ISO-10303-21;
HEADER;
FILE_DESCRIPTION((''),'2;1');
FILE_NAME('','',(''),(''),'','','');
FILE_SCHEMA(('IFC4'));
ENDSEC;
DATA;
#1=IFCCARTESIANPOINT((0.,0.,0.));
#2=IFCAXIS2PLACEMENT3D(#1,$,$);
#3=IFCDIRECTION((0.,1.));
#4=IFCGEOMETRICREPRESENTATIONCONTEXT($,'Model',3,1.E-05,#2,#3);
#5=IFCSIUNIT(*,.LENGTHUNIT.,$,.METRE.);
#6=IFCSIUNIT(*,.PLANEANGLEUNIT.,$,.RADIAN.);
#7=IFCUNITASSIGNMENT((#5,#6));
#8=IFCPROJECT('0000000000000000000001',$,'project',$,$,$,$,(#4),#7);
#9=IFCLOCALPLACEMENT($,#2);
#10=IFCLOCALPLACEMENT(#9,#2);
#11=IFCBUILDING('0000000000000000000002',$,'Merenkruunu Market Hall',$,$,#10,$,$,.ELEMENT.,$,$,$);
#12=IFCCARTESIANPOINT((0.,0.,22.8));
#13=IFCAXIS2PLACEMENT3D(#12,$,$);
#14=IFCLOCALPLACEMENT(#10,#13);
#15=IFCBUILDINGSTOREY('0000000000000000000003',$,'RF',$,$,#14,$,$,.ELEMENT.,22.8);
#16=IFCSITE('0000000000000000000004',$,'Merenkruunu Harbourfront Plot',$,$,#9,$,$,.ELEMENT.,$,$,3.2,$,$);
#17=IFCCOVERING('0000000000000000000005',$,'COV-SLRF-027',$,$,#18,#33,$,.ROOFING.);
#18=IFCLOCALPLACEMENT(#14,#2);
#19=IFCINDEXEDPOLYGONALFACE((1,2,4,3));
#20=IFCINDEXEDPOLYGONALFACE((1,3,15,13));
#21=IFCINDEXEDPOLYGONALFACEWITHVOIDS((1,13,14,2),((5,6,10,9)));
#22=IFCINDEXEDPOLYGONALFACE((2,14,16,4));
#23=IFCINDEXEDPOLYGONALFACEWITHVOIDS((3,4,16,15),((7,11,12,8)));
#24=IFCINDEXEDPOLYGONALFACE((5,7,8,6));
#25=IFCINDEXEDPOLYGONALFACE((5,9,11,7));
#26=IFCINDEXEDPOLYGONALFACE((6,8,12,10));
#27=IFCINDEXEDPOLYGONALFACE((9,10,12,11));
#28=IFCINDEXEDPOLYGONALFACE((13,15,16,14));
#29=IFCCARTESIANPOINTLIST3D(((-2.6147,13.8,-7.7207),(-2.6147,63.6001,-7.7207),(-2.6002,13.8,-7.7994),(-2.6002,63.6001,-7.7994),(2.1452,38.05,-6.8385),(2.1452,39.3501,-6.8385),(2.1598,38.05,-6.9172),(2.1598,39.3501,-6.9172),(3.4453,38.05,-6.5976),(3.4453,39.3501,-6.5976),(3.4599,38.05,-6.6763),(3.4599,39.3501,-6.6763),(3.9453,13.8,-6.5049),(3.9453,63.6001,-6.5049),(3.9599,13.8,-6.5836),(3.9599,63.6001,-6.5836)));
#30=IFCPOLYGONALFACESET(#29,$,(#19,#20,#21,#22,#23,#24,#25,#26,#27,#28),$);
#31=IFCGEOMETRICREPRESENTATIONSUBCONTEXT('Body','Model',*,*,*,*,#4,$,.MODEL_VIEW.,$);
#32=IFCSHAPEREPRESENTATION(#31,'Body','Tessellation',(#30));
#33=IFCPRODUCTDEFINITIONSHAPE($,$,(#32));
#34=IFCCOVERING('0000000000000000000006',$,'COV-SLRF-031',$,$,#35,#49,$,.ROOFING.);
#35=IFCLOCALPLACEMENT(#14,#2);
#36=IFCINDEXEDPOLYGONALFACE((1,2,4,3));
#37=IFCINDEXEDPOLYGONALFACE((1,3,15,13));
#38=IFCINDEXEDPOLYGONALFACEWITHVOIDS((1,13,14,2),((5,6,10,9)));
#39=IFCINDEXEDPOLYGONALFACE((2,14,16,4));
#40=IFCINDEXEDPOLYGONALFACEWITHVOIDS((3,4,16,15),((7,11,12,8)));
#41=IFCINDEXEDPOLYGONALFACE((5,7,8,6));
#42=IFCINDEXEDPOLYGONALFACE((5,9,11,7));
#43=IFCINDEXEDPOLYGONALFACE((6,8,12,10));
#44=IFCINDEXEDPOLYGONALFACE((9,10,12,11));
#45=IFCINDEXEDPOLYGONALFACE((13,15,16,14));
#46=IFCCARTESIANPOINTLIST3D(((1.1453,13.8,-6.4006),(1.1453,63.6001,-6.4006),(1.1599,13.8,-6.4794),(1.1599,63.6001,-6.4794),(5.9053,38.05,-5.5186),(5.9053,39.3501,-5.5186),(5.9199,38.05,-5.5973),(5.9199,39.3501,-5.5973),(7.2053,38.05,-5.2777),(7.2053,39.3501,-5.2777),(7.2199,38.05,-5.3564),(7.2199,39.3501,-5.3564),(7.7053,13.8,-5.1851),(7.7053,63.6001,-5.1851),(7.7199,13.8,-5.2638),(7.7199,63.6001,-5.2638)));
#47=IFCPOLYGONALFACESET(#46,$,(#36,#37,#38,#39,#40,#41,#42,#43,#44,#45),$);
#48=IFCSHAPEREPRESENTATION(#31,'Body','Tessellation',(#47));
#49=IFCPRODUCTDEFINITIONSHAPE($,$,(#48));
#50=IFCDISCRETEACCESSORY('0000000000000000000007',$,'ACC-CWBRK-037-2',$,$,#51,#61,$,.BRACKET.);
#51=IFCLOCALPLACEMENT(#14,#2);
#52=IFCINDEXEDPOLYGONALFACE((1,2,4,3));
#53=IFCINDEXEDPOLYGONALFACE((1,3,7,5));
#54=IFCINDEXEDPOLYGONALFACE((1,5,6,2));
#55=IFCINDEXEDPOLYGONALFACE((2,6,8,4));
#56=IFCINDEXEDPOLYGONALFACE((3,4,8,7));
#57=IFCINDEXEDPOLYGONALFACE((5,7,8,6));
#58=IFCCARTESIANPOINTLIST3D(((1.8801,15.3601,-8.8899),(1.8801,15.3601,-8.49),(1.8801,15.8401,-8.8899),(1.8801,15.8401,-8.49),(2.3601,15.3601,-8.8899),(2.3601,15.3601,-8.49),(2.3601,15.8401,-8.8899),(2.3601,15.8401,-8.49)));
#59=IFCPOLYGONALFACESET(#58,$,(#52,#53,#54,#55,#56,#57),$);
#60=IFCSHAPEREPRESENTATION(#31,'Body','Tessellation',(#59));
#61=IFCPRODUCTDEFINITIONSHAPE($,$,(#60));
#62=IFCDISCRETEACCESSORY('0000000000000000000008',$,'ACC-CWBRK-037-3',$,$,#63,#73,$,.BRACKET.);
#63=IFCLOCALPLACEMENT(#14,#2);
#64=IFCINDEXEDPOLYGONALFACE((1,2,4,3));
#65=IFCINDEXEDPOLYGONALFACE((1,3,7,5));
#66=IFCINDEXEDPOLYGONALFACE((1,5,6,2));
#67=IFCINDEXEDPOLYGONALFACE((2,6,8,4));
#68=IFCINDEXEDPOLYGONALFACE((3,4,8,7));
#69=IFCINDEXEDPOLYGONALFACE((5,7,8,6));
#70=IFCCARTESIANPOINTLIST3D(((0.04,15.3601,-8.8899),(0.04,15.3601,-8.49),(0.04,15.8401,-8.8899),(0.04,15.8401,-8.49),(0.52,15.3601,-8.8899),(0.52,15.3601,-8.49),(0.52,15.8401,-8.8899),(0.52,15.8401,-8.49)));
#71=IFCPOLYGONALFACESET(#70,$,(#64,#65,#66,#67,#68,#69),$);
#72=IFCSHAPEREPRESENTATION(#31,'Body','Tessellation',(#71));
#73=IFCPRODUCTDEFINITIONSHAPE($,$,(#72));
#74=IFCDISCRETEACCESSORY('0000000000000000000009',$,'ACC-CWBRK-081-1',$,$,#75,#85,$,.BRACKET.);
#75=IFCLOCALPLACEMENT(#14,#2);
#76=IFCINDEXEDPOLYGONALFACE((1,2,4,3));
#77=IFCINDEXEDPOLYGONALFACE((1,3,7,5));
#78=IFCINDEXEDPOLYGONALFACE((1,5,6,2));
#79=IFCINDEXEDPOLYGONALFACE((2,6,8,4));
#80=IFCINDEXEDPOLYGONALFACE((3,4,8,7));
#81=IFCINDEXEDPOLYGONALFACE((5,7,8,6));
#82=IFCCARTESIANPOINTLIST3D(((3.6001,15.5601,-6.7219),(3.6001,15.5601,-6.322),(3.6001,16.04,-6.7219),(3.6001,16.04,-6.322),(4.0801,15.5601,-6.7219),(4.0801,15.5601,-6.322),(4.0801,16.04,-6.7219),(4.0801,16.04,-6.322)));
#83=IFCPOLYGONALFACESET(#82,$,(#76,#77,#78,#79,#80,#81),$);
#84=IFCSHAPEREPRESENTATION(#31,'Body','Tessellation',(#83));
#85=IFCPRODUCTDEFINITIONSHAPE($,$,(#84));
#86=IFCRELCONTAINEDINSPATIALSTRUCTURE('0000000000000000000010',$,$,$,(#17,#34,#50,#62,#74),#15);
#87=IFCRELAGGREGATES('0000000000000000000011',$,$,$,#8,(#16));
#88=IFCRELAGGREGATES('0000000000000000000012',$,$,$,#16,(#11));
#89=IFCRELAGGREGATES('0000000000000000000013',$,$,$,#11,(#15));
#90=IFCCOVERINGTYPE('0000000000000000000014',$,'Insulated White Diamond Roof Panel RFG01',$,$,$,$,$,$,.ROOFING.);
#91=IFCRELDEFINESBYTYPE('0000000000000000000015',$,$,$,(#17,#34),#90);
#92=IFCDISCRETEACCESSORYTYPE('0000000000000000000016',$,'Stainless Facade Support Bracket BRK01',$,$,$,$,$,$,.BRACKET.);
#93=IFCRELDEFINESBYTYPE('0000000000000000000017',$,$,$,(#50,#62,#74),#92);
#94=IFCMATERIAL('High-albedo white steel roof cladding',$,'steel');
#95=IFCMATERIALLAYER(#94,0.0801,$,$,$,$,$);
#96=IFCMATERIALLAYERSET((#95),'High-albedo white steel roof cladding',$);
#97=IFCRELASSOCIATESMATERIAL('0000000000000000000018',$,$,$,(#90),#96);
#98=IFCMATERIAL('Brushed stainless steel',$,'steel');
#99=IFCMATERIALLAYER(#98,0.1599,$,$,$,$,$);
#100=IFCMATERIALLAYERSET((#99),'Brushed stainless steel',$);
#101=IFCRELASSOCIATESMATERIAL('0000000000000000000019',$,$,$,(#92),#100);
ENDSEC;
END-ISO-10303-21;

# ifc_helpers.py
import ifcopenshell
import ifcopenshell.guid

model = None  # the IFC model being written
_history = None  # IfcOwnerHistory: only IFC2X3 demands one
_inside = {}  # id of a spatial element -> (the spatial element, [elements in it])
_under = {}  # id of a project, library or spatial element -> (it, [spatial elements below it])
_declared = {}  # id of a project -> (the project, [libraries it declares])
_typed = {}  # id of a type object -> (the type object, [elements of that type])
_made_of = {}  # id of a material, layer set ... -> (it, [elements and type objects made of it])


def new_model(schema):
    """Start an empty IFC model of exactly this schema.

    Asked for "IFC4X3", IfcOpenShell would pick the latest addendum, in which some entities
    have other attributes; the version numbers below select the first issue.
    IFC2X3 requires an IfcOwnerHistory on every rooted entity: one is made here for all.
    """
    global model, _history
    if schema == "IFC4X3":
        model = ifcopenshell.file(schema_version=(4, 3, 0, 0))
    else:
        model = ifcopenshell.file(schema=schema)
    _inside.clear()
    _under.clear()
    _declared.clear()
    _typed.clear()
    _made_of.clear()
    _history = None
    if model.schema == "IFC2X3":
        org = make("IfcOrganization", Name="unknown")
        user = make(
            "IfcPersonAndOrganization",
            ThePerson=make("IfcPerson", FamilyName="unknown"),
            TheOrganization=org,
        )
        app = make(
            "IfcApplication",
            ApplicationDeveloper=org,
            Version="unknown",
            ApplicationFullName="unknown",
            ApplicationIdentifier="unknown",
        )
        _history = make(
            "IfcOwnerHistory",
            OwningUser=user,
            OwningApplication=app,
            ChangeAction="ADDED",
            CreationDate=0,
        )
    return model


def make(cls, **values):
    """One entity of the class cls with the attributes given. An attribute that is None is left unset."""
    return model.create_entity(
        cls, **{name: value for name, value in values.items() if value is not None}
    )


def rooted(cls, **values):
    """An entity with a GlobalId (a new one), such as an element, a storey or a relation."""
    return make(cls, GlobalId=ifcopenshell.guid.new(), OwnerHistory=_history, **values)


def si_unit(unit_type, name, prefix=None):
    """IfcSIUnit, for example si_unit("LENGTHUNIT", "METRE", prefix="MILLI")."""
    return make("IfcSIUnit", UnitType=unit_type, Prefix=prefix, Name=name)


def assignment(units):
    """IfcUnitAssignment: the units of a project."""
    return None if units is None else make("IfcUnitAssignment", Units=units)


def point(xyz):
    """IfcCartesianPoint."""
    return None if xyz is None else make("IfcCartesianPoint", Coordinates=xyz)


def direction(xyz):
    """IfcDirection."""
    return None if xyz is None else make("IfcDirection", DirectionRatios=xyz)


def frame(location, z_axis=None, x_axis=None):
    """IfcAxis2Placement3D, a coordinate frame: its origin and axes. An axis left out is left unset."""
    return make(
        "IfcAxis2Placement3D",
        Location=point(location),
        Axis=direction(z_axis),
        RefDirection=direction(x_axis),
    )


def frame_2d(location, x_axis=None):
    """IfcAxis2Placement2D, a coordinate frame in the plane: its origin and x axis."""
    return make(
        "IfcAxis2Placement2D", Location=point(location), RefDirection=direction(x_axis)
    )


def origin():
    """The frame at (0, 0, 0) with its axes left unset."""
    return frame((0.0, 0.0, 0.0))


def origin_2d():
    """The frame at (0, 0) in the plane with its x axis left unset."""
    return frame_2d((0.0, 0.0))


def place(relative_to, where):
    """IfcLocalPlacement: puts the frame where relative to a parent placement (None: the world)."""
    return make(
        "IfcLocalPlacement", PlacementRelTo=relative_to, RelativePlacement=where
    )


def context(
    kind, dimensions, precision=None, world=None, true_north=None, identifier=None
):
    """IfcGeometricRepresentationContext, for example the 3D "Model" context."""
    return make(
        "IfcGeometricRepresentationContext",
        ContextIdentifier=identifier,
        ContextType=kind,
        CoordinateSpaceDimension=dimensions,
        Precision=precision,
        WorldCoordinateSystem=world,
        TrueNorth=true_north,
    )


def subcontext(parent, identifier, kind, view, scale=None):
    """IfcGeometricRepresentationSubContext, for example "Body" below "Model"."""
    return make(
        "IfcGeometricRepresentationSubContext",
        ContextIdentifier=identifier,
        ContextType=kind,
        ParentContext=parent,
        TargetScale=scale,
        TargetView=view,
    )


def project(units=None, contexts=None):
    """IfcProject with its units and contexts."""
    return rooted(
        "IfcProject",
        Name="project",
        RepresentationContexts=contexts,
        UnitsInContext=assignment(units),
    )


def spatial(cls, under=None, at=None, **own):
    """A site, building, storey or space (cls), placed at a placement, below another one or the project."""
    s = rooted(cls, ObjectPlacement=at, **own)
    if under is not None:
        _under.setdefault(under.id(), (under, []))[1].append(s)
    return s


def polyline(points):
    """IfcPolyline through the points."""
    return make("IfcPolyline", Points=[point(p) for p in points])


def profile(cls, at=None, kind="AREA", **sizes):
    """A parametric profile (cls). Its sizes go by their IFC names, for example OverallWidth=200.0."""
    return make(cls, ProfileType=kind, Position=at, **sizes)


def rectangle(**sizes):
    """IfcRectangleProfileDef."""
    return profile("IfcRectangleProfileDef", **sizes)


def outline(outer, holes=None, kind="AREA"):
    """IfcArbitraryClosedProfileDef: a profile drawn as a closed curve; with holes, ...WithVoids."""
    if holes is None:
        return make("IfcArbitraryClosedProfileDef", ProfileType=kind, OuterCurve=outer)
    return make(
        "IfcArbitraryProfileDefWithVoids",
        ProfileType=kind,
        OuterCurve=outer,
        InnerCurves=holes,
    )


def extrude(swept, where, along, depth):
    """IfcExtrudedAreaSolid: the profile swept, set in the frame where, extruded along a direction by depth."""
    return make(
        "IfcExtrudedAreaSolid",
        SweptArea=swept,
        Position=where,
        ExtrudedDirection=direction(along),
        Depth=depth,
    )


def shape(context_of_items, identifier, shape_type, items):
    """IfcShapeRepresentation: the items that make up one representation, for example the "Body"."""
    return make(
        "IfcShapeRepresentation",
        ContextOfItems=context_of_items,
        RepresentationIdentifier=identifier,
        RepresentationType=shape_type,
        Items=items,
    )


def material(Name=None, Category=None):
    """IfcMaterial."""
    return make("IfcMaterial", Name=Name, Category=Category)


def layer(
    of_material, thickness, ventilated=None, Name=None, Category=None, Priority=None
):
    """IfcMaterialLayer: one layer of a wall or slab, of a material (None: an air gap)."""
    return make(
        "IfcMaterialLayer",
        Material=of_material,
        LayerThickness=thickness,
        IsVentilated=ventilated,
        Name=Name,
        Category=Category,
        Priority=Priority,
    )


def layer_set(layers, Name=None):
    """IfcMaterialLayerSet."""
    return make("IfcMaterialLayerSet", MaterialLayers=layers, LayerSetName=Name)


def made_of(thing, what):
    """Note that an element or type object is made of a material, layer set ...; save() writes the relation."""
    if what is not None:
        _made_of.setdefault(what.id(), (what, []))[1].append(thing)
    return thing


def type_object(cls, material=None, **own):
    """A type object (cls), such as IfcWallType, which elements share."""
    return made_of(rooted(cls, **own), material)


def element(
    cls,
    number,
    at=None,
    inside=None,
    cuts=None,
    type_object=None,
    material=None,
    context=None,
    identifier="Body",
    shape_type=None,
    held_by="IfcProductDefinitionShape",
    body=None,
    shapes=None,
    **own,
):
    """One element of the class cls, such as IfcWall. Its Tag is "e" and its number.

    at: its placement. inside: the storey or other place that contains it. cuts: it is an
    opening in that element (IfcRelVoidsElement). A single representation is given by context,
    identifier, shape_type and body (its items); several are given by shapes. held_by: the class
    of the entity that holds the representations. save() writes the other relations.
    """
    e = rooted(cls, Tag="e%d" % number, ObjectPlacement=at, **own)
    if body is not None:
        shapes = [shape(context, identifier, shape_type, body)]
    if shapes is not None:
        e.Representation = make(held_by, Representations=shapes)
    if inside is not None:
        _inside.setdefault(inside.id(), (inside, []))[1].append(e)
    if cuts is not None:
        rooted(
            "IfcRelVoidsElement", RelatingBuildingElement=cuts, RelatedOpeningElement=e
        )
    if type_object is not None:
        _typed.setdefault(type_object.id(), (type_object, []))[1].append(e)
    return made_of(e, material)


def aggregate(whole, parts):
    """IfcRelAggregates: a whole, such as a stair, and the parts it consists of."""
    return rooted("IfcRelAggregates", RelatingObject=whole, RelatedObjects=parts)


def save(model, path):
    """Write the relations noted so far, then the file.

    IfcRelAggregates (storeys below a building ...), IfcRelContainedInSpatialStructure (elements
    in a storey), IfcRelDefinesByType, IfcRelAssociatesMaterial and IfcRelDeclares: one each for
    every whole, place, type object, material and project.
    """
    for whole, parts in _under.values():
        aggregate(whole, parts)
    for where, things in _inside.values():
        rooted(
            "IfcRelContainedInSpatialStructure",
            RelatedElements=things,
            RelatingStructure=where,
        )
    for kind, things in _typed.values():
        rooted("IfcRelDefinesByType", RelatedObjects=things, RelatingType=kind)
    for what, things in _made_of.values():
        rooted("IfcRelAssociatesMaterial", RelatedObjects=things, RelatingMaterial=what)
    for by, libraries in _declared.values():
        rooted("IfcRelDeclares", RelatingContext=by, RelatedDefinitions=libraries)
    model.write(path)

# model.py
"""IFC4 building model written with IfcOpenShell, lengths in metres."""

from ifc_helpers import new_model, si_unit, direction, frame, origin, origin_2d, place, context, subcontext, project, spatial, polyline, rectangle, outline, extrude, material, layer, layer_set, type_object, element, save


model = new_model("IFC4")

# Units and contexts
model_context = context("Model", 3, precision=1e-05, world=origin(), true_north=direction((0.0, 1.0)))
body_context = subcontext(model_context, "Body", "Model", "MODEL_VIEW")
ifc_project = project(units=[si_unit("LENGTHUNIT", "METRE"), si_unit("PLANEANGLEUNIT", "RADIAN")], contexts=[model_context])

# Site, building, storey
site_placement = place(None, origin())
site = spatial("IfcSite", under=ifc_project, at=site_placement, Name="Merenkruunu Harbourfront Plot", CompositionType="ELEMENT", RefElevation=3.2)
building_placement = place(site_placement, origin())
building = spatial("IfcBuilding", under=site, at=building_placement, Name="Merenkruunu Market Hall", CompositionType="ELEMENT")
storey_placement = place(building_placement, frame((0.0, 0.0, 22.8)))
storey = spatial("IfcBuildingStorey", under=building, at=storey_placement, Name="RF", CompositionType="ELEMENT", Elevation=22.8)

# Coverings
ifc_material_1 = material(Name="High-albedo white steel roof cladding", Category="steel")
ifc_layer_1 = layer(ifc_material_1, 0.0801)
ifc_layer_set_1 = layer_set([ifc_layer_1], Name="High-albedo white steel roof cladding")
covering_type = type_object("IfcCoveringType", Name="Insulated White Diamond Roof Panel RFG01", PredefinedType="ROOFING", material=ifc_layer_set_1)
covering_1_placement = place(storey_placement, frame((-2.6147, 13.8, -7.7207), z_axis=(-0.182233, 0.0, 0.983255), x_axis=(0.983255, 0.0, 0.182233)))
element("IfcCovering", 1, at=covering_1_placement, inside=storey, type_object=covering_type, Name="COV-SLRF-027", PredefinedType="ROOFING", context=body_context, shape_type="SweptSolid", body=[
    extrude(outline(polyline([(0.0, 0.0), (6.6718, 0.0), (6.6718, 49.8), (0.0, 49.8), (0.0, 0.0)]), holes=[polyline([(4.841, 24.25), (6.1632, 24.25), (6.1632, 25.55), (4.841, 25.55), (4.841, 24.25)])]), origin(), (0.0, 0.0, -1.0), 0.0801),
])
covering_2_placement = place(storey_placement, frame((1.1453, 13.8, -6.4006), z_axis=(-0.182198, 0.0, 0.983262), x_axis=(0.983262, 0.0, 0.182198)))
element("IfcCovering", 2, at=covering_2_placement, inside=storey, type_object=covering_type, Name="COV-SLRF-031", PredefinedType="ROOFING", context=body_context, shape_type="SweptSolid", body=[
    extrude(outline(polyline([(0.0, 0.0), (6.6717, 0.0), (6.6717, 49.8), (0.0, 49.8), (0.0, 0.0)]), holes=[polyline([(4.841, 24.25), (6.1632, 24.25), (6.1632, 25.55), (4.841, 25.55), (4.841, 24.25)])]), origin(), (0.0, 0.0, -1.0), 0.0801),
])

# Discrete accessories
ifc_material_2 = material(Name="Brushed stainless steel", Category="steel")
ifc_layer_2 = layer(ifc_material_2, 0.1599)
ifc_layer_set_2 = layer_set([ifc_layer_2], Name="Brushed stainless steel")
discrete_accessory_type = type_object("IfcDiscreteAccessoryType", Name="Stainless Facade Support Bracket BRK01", PredefinedType="BRACKET", material=ifc_layer_set_2)
for number, where, z_axis, x_axis, name in (
    (3, (2.1201, 15.6001, -8.8899), (0.0, 0.0, 1.0), (1.0, 0.0, 0.0), "ACC-CWBRK-037-2"),
    (4, (0.28, 15.6001, -8.8899), (0.0, 0.0, 1.0), (1.0, 0.0, 0.0), "ACC-CWBRK-037-3"),
    (5, (3.8401, 15.8, -6.7219), (0.0, 0.0, 1.0), (1.0, 0.0, 0.0), "ACC-CWBRK-081-1"),
):
    element("IfcDiscreteAccessory", number, at=place(storey_placement, frame(where, z_axis=z_axis, x_axis=x_axis)), inside=storey, type_object=discrete_accessory_type, Name=name, PredefinedType="BRACKET", context=body_context, shape_type="SweptSolid", body=[
        extrude(rectangle(XDim=0.48, YDim=0.48, at=origin_2d()), origin(), (0.0, 0.0, 1.0), 0.3999),
    ])

save(model, "model.ifc")
